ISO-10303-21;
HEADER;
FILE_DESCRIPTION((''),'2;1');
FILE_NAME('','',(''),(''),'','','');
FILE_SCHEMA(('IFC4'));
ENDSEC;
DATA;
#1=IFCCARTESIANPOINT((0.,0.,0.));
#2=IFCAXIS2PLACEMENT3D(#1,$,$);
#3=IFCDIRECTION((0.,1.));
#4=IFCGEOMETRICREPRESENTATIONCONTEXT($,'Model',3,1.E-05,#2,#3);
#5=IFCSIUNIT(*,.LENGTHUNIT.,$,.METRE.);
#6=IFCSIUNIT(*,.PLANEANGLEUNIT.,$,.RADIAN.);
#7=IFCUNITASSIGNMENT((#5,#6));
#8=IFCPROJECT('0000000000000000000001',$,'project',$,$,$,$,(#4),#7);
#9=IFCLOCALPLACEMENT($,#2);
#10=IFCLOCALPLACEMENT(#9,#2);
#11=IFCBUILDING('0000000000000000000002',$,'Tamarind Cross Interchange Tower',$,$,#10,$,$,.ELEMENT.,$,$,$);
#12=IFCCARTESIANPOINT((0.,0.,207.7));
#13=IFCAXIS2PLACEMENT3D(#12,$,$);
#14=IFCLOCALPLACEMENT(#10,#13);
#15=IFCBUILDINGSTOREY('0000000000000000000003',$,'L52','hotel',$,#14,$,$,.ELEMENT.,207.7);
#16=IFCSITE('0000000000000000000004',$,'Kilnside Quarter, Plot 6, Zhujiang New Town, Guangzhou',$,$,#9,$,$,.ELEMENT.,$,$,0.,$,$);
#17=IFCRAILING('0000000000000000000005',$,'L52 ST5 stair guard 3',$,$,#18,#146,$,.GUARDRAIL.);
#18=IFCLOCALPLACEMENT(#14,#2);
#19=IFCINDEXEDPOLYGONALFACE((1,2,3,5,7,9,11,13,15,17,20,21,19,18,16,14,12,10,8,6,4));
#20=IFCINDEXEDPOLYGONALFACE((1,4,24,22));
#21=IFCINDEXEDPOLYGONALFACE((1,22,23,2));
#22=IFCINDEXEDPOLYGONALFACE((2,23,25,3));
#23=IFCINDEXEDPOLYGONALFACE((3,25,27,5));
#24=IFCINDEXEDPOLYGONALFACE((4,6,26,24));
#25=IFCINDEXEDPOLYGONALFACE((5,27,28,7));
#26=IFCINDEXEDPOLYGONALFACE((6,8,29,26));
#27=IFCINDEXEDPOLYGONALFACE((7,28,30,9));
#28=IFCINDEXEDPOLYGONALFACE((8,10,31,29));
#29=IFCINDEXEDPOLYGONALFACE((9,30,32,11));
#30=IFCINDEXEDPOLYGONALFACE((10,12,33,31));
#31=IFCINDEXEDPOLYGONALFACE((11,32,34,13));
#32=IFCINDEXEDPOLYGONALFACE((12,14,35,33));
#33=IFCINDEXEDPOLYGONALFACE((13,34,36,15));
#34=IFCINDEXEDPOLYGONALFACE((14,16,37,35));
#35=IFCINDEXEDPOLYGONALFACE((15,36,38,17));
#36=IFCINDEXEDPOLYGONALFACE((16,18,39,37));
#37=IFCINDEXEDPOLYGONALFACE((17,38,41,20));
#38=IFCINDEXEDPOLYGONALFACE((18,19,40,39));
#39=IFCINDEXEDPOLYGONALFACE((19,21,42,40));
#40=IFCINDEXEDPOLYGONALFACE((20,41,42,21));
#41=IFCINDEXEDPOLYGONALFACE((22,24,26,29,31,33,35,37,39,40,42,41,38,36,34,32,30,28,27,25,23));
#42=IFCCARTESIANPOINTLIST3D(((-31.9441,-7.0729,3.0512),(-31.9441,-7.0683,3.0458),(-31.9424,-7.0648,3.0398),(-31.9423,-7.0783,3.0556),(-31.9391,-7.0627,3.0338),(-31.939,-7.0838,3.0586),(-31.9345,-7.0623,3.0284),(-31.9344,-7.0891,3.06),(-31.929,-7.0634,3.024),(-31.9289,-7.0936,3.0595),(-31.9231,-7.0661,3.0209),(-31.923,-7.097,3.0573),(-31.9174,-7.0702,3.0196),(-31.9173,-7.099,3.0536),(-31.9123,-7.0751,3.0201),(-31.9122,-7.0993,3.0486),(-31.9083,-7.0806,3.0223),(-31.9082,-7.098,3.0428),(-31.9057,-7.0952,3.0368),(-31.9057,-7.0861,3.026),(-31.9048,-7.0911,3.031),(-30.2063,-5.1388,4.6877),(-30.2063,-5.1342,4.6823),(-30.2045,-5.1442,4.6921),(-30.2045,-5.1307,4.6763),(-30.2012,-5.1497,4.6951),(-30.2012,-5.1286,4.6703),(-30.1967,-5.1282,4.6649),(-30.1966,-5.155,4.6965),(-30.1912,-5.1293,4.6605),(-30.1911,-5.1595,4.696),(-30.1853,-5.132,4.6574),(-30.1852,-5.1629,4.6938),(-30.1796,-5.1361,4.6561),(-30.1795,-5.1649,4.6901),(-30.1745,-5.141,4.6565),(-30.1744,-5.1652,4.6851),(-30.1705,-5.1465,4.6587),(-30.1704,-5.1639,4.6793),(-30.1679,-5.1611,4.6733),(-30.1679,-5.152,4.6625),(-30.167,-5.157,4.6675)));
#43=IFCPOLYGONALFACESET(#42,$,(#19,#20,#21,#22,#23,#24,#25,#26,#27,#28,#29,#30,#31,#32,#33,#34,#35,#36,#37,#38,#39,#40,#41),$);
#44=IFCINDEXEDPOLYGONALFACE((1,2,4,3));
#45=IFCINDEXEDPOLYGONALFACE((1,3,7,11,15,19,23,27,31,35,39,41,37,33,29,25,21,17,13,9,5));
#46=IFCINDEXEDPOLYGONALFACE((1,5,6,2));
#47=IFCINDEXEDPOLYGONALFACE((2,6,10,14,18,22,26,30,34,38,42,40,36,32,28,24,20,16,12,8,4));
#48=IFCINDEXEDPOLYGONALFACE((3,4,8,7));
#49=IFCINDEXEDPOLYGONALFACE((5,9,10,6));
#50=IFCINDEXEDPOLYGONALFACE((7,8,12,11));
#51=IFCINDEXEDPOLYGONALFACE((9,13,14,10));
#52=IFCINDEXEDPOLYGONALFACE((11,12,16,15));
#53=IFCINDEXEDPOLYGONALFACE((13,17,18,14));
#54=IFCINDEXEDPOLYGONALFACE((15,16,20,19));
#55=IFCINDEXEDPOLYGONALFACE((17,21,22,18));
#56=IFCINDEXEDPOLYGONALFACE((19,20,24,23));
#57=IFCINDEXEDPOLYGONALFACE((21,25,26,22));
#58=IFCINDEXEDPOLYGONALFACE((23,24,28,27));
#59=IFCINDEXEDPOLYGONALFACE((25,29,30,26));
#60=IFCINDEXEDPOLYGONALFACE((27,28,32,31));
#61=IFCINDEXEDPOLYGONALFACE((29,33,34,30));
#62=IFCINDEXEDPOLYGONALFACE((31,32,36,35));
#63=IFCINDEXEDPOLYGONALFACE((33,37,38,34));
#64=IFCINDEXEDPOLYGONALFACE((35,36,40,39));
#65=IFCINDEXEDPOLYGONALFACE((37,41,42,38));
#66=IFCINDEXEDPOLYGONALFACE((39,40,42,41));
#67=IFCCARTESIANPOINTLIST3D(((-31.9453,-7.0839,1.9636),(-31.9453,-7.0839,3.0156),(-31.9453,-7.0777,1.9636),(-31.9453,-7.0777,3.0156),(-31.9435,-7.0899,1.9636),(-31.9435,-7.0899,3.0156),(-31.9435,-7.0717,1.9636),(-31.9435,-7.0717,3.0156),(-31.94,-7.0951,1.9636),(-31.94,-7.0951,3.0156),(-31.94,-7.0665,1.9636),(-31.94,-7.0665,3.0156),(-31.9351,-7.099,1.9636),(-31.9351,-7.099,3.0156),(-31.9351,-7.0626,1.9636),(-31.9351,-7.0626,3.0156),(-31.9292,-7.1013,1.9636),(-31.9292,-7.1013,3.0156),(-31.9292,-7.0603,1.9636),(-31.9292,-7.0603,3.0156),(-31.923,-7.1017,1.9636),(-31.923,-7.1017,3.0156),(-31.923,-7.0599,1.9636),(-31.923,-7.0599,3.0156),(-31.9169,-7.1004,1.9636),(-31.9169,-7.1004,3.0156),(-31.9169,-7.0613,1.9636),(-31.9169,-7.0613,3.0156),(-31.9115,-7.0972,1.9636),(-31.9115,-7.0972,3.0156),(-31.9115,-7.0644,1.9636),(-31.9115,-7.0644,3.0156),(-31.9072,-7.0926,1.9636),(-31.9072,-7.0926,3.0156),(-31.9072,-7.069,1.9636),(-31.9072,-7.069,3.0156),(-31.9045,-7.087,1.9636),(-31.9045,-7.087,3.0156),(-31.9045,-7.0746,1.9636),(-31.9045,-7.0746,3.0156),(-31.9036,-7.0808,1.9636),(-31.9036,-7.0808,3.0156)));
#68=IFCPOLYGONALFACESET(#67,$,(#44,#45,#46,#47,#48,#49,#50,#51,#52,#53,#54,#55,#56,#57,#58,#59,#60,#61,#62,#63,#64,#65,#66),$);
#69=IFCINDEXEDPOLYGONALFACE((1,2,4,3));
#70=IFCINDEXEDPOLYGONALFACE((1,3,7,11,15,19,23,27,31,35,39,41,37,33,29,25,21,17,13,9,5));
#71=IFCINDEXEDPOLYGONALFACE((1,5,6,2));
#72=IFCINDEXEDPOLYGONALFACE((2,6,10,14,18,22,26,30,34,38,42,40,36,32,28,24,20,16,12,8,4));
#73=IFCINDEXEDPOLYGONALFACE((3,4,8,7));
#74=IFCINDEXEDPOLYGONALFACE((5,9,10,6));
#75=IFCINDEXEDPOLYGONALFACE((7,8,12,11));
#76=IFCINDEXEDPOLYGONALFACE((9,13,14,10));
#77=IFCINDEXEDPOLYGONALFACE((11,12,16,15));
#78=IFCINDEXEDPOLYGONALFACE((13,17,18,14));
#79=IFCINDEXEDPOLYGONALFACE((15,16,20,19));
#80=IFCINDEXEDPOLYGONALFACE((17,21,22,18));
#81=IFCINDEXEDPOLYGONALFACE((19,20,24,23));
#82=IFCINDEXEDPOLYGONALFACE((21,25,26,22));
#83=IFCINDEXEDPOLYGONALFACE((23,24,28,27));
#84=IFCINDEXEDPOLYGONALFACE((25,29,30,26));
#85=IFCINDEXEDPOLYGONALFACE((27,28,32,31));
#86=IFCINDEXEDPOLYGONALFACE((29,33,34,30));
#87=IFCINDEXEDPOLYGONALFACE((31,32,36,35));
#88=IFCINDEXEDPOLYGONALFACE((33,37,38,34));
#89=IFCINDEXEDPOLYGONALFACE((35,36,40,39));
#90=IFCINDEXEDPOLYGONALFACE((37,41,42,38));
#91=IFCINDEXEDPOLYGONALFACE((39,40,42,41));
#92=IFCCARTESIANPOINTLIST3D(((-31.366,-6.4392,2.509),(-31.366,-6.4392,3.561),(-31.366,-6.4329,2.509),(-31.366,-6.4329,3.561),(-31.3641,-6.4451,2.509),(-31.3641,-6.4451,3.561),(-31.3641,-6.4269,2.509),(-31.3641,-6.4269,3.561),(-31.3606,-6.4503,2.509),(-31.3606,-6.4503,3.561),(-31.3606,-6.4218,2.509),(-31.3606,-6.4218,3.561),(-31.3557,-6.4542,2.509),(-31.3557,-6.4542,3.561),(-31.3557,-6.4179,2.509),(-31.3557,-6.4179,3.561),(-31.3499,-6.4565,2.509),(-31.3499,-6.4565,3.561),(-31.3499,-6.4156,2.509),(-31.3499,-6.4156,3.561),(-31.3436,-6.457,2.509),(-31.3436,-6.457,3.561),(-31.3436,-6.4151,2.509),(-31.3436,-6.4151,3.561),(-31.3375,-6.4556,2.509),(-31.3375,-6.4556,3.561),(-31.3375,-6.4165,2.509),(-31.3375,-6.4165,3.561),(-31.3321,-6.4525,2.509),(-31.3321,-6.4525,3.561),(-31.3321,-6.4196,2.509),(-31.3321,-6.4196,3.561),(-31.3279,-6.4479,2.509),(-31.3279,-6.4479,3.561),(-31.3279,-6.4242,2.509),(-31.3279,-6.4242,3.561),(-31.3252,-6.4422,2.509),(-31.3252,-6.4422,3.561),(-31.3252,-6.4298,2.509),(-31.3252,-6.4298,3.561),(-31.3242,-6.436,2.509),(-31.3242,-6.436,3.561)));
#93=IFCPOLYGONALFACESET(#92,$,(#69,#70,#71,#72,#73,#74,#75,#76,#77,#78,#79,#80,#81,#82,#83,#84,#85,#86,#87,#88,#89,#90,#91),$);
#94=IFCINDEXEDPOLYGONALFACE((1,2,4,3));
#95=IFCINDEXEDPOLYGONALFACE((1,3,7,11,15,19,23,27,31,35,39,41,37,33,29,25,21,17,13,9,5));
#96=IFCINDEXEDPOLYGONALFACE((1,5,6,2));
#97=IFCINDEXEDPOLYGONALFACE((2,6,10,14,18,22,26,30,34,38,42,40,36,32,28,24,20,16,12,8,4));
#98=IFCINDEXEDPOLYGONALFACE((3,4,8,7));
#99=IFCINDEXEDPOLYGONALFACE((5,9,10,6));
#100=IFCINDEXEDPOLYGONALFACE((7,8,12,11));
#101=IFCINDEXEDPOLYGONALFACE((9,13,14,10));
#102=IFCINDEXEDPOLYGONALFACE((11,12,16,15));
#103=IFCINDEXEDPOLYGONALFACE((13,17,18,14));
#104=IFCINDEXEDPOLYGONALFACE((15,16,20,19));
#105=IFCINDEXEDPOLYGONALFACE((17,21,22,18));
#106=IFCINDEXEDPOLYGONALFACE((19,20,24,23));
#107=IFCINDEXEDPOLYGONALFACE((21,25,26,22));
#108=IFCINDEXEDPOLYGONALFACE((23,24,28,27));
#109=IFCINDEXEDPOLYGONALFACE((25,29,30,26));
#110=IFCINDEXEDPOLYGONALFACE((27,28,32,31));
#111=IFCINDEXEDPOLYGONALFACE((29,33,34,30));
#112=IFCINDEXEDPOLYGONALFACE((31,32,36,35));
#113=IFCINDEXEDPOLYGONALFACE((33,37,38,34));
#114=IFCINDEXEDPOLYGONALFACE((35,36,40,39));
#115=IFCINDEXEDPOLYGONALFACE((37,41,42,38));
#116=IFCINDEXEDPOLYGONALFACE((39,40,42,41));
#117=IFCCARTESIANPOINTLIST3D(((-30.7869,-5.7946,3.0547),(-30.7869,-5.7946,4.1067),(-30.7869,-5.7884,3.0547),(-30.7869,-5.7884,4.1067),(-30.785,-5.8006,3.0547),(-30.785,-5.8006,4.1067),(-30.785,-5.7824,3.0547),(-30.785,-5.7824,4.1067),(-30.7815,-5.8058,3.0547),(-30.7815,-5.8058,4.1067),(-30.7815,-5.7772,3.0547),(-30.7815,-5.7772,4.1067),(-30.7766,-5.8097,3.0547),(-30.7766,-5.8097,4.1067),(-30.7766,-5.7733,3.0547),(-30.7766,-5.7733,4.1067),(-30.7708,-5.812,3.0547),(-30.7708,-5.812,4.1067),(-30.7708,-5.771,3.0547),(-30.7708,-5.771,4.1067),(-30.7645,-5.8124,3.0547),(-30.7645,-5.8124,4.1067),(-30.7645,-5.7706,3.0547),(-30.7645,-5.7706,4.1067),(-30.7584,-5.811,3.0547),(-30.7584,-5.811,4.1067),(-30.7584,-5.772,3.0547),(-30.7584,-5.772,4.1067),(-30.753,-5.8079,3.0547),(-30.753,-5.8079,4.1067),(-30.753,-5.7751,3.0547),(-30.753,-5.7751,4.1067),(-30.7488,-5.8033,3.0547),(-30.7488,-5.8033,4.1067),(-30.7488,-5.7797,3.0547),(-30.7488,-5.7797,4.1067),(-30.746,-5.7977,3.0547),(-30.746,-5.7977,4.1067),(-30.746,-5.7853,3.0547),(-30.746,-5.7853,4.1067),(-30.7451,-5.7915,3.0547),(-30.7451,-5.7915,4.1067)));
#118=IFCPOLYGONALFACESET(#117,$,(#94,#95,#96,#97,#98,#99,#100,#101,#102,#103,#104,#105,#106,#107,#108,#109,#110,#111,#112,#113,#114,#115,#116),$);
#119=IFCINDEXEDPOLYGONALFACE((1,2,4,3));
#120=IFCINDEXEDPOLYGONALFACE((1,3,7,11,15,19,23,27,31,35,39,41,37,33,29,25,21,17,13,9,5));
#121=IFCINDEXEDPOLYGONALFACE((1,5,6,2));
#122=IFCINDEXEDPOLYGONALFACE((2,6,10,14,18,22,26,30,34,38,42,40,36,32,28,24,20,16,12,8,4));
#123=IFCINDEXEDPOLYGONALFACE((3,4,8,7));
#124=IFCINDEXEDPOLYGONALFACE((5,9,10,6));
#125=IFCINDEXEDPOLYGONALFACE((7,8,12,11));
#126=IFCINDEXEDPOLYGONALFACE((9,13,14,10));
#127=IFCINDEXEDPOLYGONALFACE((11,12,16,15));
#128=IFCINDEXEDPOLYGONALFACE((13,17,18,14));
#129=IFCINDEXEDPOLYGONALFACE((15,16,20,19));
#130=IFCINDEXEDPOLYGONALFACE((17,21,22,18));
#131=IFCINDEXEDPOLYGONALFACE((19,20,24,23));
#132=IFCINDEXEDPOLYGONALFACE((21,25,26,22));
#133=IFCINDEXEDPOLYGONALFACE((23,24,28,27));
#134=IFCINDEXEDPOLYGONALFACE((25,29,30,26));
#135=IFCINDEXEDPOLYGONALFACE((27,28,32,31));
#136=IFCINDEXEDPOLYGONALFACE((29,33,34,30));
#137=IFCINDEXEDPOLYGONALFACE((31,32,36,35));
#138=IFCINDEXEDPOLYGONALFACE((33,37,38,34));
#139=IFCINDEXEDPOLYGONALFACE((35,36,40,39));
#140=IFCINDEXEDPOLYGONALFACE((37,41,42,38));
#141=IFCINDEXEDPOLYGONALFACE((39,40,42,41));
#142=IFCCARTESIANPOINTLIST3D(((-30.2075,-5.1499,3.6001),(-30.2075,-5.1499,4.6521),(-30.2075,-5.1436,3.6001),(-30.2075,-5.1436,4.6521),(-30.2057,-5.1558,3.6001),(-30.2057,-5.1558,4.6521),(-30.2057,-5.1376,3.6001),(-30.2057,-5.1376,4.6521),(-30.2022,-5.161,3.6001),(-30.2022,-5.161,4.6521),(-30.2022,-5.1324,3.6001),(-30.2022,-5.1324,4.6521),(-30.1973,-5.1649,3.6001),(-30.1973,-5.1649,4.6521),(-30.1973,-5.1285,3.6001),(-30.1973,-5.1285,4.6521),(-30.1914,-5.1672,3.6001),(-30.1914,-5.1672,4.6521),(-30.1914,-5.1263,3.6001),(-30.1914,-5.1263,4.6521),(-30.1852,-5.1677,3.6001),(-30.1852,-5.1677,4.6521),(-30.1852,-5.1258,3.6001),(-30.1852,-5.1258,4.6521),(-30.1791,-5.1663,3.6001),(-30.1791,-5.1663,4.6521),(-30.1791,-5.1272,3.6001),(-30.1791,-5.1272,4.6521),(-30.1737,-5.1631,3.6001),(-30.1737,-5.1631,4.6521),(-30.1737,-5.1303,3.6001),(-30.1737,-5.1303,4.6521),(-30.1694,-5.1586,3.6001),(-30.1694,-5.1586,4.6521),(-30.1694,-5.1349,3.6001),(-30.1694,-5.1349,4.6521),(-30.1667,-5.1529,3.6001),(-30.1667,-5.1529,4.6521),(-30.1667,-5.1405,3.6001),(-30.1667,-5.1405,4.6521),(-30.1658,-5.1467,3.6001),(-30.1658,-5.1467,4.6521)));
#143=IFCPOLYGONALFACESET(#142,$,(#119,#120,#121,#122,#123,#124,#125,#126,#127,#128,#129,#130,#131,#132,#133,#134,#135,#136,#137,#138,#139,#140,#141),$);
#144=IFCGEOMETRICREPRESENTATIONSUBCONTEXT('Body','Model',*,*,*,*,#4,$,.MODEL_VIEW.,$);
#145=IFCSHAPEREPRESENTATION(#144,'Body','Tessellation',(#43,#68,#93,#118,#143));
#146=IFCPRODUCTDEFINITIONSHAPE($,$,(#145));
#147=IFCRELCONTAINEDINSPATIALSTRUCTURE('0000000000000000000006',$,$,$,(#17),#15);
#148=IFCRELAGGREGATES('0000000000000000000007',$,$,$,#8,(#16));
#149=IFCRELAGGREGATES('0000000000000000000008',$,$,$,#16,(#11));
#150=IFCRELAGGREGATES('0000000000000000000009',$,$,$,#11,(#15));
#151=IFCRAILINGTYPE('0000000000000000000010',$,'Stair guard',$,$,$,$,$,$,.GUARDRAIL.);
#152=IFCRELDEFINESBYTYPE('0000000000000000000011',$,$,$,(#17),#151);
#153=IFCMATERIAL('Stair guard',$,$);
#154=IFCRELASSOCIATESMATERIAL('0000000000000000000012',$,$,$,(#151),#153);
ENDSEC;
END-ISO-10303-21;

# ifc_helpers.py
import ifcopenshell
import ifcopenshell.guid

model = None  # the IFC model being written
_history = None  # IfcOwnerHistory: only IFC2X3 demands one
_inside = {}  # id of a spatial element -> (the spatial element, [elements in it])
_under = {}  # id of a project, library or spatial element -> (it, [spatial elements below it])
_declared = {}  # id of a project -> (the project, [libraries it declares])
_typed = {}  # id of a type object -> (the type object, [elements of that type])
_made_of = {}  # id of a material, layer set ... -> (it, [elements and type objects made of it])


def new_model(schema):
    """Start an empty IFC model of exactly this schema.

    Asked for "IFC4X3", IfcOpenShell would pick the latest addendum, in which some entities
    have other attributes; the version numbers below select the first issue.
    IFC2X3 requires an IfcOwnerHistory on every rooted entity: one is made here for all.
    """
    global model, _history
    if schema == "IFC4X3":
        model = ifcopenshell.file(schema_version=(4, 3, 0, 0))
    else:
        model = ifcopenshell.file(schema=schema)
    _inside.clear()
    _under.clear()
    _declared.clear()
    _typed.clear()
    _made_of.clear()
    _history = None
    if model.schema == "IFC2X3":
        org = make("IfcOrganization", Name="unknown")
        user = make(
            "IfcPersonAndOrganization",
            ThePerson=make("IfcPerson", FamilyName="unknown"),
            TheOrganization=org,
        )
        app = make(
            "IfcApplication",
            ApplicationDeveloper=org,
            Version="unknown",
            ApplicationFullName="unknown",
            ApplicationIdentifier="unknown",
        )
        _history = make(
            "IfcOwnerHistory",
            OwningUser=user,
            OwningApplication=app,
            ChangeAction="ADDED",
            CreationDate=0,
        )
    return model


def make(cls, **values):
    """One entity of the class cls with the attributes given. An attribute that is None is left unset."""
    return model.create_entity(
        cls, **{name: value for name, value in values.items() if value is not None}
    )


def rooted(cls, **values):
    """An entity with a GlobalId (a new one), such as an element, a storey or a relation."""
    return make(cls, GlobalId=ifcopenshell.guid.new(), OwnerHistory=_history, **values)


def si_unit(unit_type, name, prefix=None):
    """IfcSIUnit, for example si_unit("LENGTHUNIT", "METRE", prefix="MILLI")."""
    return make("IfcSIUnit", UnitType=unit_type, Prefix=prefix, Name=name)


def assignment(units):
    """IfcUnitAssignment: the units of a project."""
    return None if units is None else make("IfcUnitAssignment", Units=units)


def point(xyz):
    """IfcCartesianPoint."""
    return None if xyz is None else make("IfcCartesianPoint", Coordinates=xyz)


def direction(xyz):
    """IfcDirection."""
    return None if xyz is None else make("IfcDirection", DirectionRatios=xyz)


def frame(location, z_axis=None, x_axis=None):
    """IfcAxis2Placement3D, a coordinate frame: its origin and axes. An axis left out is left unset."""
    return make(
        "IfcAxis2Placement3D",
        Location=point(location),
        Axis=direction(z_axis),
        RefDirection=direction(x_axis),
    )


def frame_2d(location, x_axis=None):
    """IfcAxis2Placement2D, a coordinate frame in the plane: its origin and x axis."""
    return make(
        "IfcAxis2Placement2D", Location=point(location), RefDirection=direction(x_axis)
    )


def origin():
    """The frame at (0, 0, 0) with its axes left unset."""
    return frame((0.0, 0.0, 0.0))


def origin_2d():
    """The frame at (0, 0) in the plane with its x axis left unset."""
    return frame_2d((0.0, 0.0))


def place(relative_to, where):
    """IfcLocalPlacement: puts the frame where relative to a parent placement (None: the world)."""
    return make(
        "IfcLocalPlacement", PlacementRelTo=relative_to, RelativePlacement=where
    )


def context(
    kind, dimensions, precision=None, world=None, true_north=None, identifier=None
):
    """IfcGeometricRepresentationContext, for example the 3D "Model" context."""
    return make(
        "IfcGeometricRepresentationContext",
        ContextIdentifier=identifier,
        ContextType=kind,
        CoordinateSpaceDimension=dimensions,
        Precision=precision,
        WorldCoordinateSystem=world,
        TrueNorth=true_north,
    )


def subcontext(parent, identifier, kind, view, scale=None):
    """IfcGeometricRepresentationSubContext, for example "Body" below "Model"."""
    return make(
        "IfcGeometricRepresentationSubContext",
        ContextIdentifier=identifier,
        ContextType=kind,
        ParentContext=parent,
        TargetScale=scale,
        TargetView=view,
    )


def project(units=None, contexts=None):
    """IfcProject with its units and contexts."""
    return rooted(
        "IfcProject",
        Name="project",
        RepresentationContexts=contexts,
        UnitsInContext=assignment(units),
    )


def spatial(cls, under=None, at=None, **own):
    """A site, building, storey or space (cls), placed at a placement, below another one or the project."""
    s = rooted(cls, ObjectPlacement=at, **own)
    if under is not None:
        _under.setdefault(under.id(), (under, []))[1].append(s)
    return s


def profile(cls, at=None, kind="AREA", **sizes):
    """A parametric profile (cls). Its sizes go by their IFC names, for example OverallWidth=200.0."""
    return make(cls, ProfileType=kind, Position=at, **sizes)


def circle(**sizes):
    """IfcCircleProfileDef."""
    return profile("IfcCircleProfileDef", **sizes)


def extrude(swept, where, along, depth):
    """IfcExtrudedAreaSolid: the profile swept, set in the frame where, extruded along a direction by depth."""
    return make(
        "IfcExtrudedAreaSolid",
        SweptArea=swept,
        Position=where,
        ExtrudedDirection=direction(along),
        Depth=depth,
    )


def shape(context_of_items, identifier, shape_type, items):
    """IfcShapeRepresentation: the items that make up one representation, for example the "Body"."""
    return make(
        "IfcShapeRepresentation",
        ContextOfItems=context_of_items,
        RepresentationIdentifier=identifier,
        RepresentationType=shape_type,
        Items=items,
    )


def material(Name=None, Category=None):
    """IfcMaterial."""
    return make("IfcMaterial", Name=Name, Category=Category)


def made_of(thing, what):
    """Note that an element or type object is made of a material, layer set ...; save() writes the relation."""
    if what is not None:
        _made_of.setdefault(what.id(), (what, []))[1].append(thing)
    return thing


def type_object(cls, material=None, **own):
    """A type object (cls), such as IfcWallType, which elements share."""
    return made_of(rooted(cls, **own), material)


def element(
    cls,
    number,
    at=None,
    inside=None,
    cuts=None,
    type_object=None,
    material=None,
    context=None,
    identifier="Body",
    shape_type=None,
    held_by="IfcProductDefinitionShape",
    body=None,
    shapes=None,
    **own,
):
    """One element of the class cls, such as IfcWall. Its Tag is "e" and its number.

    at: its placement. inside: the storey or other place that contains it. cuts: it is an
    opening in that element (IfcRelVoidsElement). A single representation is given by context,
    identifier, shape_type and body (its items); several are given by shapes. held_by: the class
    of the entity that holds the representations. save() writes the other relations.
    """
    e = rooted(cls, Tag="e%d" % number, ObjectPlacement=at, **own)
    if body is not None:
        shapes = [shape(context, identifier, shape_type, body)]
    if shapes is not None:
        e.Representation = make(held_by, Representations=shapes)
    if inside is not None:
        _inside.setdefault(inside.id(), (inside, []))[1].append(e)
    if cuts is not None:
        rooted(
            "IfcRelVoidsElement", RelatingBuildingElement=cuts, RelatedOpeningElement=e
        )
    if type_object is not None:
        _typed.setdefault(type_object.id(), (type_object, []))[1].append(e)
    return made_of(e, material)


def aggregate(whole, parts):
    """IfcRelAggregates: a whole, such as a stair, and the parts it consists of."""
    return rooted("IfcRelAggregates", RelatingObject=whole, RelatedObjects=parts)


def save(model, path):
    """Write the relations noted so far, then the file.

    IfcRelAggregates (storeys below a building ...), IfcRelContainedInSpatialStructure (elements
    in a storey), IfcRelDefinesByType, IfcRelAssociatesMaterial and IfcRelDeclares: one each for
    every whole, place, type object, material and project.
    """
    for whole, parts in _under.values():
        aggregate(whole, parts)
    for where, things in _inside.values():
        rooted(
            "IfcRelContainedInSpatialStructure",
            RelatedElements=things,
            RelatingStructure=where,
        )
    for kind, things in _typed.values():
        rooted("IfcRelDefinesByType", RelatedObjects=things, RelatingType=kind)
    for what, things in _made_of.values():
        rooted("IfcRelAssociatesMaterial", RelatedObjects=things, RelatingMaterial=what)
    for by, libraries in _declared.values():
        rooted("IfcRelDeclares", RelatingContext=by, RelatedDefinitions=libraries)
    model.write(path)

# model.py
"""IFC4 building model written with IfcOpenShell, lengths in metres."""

from ifc_helpers import new_model, si_unit, direction, frame, origin, origin_2d, place, context, subcontext, project, spatial, circle, extrude, material, type_object, element, save


model = new_model("IFC4")

# Units and contexts
model_context = context("Model", 3, precision=1e-05, world=origin(), true_north=direction((0.0, 1.0)))
body_context = subcontext(model_context, "Body", "Model", "MODEL_VIEW")
ifc_project = project(units=[si_unit("LENGTHUNIT", "METRE"), si_unit("PLANEANGLEUNIT", "RADIAN")], contexts=[model_context])

# Site, building, storey
site_placement = place(None, origin())
site = spatial("IfcSite", under=ifc_project, at=site_placement, Name="Kilnside Quarter, Plot 6, Zhujiang New Town, Guangzhou", CompositionType="ELEMENT", RefElevation=0.0)
building_placement = place(site_placement, origin())
building = spatial("IfcBuilding", under=site, at=building_placement, Name="Tamarind Cross Interchange Tower", CompositionType="ELEMENT")
storey_placement = place(building_placement, frame((0.0, 0.0, 207.7)))
storey = spatial("IfcBuildingStorey", under=building, at=storey_placement, Name="L52", Description="hotel", CompositionType="ELEMENT", Elevation=207.7)

# Railing
ifc_material_1 = material(Name="Stair guard")
railing_type_1 = type_object("IfcRailingType", Name="Stair guard", PredefinedType="GUARDRAIL", material=ifc_material_1)
railing_1_placement = place(storey_placement, frame((-31.9246, -7.0808, 1.9636)))
element("IfcRailing", 1, at=railing_1_placement, inside=storey, type_object=railing_type_1, Name="L52 ST5 stair guard 3", PredefinedType="GUARDRAIL", context=body_context, shape_type="SweptSolid", body=[
    extrude(circle(Radius=0.0239, at=origin_2d()), frame((0.0, 0.0, 1.0762), z_axis=(0.565644, 0.629535, 0.532665), x_axis=(-0.743845, 0.668352, 0.0)), (0.0, 0.0, 1.0), 3.0723),
    extrude(circle(Radius=0.021, at=origin_2d()), origin(), (0.0, 0.0, 1.0), 1.052),
    extrude(circle(Radius=0.021, at=origin_2d()), frame((0.5793, 0.6448, 0.5454)), (0.0, 0.0, 1.0), 1.052),
    extrude(circle(Radius=0.021, at=origin_2d()), frame((1.1584, 1.2893, 1.0911)), (0.0, 0.0, 1.0), 1.052),
    extrude(circle(Radius=0.021, at=origin_2d()), frame((1.7378, 1.9341, 1.6365)), (0.0, 0.0, 1.0), 1.052),
])

save(model, "model.ifc")
